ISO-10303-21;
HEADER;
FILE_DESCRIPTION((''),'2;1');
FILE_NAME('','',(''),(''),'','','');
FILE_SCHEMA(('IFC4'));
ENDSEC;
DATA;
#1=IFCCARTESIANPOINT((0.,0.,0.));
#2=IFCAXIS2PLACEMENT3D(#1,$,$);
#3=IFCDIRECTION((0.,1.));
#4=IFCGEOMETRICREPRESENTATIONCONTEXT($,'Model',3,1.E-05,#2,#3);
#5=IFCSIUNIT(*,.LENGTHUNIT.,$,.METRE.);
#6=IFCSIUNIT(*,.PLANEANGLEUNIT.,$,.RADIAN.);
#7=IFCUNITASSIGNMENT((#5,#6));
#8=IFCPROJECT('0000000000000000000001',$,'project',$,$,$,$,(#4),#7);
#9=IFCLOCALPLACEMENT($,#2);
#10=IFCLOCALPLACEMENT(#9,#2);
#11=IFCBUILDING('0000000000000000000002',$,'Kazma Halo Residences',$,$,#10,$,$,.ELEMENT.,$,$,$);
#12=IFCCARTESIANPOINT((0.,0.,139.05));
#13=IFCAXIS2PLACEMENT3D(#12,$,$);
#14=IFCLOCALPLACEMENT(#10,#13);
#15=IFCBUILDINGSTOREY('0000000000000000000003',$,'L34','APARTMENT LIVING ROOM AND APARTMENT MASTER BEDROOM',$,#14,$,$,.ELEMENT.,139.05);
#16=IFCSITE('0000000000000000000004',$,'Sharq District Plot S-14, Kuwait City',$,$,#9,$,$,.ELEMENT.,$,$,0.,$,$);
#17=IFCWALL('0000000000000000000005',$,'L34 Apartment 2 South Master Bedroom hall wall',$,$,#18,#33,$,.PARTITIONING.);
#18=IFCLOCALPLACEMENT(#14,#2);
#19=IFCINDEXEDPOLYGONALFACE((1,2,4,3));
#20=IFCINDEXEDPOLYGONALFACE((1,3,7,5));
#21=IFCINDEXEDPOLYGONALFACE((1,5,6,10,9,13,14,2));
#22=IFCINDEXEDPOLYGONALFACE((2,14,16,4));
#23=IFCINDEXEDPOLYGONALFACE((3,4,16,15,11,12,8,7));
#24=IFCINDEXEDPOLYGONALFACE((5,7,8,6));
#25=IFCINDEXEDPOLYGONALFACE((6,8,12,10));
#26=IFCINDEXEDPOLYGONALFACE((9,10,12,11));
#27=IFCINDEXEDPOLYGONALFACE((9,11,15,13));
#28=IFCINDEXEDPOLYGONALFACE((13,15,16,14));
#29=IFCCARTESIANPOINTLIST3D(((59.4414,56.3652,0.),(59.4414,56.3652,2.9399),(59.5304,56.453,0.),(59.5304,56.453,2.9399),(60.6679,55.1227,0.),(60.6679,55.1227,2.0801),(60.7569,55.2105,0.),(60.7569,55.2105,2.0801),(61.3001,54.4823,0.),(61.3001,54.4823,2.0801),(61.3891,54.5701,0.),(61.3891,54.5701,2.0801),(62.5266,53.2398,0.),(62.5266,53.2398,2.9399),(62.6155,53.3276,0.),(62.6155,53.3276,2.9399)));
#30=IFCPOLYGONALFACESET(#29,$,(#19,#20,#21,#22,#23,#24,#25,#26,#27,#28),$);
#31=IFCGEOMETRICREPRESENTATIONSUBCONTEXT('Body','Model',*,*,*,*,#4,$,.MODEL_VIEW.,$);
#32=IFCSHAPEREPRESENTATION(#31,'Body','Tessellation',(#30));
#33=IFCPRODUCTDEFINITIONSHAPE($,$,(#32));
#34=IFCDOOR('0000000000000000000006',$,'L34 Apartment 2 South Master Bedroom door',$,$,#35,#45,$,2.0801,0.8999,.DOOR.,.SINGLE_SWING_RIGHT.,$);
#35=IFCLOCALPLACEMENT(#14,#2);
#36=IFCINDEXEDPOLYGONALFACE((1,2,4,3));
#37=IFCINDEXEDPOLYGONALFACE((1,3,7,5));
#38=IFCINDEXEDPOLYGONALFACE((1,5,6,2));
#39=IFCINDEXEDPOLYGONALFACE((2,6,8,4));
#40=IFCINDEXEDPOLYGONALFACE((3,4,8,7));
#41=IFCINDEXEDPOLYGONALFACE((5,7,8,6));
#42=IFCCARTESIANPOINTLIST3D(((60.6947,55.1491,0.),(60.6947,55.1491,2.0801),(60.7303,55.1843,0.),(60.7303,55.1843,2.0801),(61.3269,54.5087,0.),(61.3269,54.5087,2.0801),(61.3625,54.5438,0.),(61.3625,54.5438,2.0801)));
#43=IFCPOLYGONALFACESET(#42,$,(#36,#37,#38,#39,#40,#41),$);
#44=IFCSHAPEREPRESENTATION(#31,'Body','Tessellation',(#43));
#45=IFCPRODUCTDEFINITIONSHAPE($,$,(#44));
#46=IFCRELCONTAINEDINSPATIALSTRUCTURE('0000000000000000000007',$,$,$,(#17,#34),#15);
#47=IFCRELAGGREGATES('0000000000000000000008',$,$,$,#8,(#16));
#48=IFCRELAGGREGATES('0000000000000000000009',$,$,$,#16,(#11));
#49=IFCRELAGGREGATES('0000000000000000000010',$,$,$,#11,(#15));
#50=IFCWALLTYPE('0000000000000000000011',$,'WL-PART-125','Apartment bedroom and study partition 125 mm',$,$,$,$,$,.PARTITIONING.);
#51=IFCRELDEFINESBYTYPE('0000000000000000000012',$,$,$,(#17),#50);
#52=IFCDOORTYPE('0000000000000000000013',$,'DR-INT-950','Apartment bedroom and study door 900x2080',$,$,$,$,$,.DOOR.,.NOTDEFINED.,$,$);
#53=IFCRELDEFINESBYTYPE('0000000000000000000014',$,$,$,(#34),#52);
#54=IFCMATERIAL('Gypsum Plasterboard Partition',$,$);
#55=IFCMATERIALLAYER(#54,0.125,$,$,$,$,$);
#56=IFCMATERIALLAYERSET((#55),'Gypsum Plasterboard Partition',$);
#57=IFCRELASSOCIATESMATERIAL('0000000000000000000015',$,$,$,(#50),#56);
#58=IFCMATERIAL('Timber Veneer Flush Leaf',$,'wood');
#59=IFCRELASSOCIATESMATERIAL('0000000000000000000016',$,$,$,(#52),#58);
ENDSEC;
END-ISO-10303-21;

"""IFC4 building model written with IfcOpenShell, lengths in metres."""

from ifc_helpers import new_model, si_unit, direction, frame, frame_2d, origin, place, context, subcontext, project, spatial, rectangle, extrude, material, layer, layer_set, type_object, element, fill, save


model = new_model("IFC4")

# Units and contexts
model_context = context("Model", 3, precision=1e-05, world=origin(), true_north=direction((0.0, 1.0)))
body_context = subcontext(model_context, "Body", "Model", "MODEL_VIEW")
ifc_project = project(units=[si_unit("LENGTHUNIT", "METRE"), si_unit("PLANEANGLEUNIT", "RADIAN")], contexts=[model_context])

# Site, building, storey
site_placement = place(None, origin())
site = spatial("IfcSite", under=ifc_project, at=site_placement, Name="Sharq District Plot S-14, Kuwait City", CompositionType="ELEMENT", RefElevation=0.0)
building_placement = place(site_placement, origin())
building = spatial("IfcBuilding", under=site, at=building_placement, Name="Kazma Halo Residences", CompositionType="ELEMENT")
storey_placement = place(building_placement, frame((0.0, 0.0, 139.05)))
storey = spatial("IfcBuildingStorey", under=building, at=storey_placement, Name="L34", Description="APARTMENT LIVING ROOM AND APARTMENT MASTER BEDROOM", CompositionType="ELEMENT", Elevation=139.05)

# Shared definitions
ifc_material_1 = material(Name="Gypsum Plasterboard Partition")
ifc_layer_1 = layer(ifc_material_1, 0.125)
ifc_layer_set_1 = layer_set([ifc_layer_1], Name="Gypsum Plasterboard Partition")
wall_type_1 = type_object("IfcWallType", Name="WL-PART-125", Description="Apartment bedroom and study partition 125 mm", PredefinedType="PARTITIONING", material=ifc_layer_set_1)

# Shared definitions
ifc_material_2 = material(Name="Timber Veneer Flush Leaf", Category="wood")
door_type_1 = type_object("IfcDoorType", Name="DR-INT-950", Description="Apartment bedroom and study door 900x2080", OperationType="NOTDEFINED", PredefinedType="DOOR", material=ifc_material_2)

# Wall, opening, door
wall_1_placement = place(storey_placement, frame((62.571, 53.2837, 0.0), z_axis=(0.0, 0.0, 1.0), x_axis=(-0.702506, 0.711678, 0.0)))
wall_1 = element("IfcWall", 1, at=wall_1_placement, inside=storey, type_object=wall_type_1, Name="L34 Apartment 2 South Master Bedroom hall wall", PredefinedType="PARTITIONING", context=body_context, shape_type="SweptSolid", body=[
    extrude(rectangle(XDim=4.3916, YDim=0.125, at=frame_2d((2.1958, 0.0))), origin(), (0.0, 0.0, 1.0), 2.9399),
])
opening_1_placement = place(wall_1_placement, frame((1.7458, 0.0, 0.0)))
opening_1 = element("IfcOpeningElement", 2, at=opening_1_placement, cuts=wall_1, PredefinedType="OPENING", context=body_context, shape_type="SweptSolid", body=[
    extrude(rectangle(XDim=0.8999, YDim=2.0801, at=frame_2d((0.45, 1.04))), frame((0.0, 0.0725, 0.0), z_axis=(0.0, -1.0, 0.0), x_axis=(1.0, 0.0, 0.0)), (0.0, 0.0, 1.0), 0.145),
])
door_1_placement = place(opening_1_placement, origin())
door_1 = element("IfcDoor", 3, at=door_1_placement, inside=storey, type_object=door_type_1, Name="L34 Apartment 2 South Master Bedroom door", OperationType="SINGLE_SWING_RIGHT", OverallHeight=2.0801, OverallWidth=0.8999, PredefinedType="DOOR", context=body_context, shape_type="SweptSolid", body=[
    extrude(rectangle(XDim=0.8999, YDim=2.0801, at=frame_2d((0.45, 1.04))), frame((0.0, 0.0249, 0.0), z_axis=(0.0, -1.0, 0.0), x_axis=(1.0, 0.0, 0.0)), (0.0, 0.0, 1.0), 0.05),
])
fill(opening_1, door_1)

save(model, "model.ifc")
